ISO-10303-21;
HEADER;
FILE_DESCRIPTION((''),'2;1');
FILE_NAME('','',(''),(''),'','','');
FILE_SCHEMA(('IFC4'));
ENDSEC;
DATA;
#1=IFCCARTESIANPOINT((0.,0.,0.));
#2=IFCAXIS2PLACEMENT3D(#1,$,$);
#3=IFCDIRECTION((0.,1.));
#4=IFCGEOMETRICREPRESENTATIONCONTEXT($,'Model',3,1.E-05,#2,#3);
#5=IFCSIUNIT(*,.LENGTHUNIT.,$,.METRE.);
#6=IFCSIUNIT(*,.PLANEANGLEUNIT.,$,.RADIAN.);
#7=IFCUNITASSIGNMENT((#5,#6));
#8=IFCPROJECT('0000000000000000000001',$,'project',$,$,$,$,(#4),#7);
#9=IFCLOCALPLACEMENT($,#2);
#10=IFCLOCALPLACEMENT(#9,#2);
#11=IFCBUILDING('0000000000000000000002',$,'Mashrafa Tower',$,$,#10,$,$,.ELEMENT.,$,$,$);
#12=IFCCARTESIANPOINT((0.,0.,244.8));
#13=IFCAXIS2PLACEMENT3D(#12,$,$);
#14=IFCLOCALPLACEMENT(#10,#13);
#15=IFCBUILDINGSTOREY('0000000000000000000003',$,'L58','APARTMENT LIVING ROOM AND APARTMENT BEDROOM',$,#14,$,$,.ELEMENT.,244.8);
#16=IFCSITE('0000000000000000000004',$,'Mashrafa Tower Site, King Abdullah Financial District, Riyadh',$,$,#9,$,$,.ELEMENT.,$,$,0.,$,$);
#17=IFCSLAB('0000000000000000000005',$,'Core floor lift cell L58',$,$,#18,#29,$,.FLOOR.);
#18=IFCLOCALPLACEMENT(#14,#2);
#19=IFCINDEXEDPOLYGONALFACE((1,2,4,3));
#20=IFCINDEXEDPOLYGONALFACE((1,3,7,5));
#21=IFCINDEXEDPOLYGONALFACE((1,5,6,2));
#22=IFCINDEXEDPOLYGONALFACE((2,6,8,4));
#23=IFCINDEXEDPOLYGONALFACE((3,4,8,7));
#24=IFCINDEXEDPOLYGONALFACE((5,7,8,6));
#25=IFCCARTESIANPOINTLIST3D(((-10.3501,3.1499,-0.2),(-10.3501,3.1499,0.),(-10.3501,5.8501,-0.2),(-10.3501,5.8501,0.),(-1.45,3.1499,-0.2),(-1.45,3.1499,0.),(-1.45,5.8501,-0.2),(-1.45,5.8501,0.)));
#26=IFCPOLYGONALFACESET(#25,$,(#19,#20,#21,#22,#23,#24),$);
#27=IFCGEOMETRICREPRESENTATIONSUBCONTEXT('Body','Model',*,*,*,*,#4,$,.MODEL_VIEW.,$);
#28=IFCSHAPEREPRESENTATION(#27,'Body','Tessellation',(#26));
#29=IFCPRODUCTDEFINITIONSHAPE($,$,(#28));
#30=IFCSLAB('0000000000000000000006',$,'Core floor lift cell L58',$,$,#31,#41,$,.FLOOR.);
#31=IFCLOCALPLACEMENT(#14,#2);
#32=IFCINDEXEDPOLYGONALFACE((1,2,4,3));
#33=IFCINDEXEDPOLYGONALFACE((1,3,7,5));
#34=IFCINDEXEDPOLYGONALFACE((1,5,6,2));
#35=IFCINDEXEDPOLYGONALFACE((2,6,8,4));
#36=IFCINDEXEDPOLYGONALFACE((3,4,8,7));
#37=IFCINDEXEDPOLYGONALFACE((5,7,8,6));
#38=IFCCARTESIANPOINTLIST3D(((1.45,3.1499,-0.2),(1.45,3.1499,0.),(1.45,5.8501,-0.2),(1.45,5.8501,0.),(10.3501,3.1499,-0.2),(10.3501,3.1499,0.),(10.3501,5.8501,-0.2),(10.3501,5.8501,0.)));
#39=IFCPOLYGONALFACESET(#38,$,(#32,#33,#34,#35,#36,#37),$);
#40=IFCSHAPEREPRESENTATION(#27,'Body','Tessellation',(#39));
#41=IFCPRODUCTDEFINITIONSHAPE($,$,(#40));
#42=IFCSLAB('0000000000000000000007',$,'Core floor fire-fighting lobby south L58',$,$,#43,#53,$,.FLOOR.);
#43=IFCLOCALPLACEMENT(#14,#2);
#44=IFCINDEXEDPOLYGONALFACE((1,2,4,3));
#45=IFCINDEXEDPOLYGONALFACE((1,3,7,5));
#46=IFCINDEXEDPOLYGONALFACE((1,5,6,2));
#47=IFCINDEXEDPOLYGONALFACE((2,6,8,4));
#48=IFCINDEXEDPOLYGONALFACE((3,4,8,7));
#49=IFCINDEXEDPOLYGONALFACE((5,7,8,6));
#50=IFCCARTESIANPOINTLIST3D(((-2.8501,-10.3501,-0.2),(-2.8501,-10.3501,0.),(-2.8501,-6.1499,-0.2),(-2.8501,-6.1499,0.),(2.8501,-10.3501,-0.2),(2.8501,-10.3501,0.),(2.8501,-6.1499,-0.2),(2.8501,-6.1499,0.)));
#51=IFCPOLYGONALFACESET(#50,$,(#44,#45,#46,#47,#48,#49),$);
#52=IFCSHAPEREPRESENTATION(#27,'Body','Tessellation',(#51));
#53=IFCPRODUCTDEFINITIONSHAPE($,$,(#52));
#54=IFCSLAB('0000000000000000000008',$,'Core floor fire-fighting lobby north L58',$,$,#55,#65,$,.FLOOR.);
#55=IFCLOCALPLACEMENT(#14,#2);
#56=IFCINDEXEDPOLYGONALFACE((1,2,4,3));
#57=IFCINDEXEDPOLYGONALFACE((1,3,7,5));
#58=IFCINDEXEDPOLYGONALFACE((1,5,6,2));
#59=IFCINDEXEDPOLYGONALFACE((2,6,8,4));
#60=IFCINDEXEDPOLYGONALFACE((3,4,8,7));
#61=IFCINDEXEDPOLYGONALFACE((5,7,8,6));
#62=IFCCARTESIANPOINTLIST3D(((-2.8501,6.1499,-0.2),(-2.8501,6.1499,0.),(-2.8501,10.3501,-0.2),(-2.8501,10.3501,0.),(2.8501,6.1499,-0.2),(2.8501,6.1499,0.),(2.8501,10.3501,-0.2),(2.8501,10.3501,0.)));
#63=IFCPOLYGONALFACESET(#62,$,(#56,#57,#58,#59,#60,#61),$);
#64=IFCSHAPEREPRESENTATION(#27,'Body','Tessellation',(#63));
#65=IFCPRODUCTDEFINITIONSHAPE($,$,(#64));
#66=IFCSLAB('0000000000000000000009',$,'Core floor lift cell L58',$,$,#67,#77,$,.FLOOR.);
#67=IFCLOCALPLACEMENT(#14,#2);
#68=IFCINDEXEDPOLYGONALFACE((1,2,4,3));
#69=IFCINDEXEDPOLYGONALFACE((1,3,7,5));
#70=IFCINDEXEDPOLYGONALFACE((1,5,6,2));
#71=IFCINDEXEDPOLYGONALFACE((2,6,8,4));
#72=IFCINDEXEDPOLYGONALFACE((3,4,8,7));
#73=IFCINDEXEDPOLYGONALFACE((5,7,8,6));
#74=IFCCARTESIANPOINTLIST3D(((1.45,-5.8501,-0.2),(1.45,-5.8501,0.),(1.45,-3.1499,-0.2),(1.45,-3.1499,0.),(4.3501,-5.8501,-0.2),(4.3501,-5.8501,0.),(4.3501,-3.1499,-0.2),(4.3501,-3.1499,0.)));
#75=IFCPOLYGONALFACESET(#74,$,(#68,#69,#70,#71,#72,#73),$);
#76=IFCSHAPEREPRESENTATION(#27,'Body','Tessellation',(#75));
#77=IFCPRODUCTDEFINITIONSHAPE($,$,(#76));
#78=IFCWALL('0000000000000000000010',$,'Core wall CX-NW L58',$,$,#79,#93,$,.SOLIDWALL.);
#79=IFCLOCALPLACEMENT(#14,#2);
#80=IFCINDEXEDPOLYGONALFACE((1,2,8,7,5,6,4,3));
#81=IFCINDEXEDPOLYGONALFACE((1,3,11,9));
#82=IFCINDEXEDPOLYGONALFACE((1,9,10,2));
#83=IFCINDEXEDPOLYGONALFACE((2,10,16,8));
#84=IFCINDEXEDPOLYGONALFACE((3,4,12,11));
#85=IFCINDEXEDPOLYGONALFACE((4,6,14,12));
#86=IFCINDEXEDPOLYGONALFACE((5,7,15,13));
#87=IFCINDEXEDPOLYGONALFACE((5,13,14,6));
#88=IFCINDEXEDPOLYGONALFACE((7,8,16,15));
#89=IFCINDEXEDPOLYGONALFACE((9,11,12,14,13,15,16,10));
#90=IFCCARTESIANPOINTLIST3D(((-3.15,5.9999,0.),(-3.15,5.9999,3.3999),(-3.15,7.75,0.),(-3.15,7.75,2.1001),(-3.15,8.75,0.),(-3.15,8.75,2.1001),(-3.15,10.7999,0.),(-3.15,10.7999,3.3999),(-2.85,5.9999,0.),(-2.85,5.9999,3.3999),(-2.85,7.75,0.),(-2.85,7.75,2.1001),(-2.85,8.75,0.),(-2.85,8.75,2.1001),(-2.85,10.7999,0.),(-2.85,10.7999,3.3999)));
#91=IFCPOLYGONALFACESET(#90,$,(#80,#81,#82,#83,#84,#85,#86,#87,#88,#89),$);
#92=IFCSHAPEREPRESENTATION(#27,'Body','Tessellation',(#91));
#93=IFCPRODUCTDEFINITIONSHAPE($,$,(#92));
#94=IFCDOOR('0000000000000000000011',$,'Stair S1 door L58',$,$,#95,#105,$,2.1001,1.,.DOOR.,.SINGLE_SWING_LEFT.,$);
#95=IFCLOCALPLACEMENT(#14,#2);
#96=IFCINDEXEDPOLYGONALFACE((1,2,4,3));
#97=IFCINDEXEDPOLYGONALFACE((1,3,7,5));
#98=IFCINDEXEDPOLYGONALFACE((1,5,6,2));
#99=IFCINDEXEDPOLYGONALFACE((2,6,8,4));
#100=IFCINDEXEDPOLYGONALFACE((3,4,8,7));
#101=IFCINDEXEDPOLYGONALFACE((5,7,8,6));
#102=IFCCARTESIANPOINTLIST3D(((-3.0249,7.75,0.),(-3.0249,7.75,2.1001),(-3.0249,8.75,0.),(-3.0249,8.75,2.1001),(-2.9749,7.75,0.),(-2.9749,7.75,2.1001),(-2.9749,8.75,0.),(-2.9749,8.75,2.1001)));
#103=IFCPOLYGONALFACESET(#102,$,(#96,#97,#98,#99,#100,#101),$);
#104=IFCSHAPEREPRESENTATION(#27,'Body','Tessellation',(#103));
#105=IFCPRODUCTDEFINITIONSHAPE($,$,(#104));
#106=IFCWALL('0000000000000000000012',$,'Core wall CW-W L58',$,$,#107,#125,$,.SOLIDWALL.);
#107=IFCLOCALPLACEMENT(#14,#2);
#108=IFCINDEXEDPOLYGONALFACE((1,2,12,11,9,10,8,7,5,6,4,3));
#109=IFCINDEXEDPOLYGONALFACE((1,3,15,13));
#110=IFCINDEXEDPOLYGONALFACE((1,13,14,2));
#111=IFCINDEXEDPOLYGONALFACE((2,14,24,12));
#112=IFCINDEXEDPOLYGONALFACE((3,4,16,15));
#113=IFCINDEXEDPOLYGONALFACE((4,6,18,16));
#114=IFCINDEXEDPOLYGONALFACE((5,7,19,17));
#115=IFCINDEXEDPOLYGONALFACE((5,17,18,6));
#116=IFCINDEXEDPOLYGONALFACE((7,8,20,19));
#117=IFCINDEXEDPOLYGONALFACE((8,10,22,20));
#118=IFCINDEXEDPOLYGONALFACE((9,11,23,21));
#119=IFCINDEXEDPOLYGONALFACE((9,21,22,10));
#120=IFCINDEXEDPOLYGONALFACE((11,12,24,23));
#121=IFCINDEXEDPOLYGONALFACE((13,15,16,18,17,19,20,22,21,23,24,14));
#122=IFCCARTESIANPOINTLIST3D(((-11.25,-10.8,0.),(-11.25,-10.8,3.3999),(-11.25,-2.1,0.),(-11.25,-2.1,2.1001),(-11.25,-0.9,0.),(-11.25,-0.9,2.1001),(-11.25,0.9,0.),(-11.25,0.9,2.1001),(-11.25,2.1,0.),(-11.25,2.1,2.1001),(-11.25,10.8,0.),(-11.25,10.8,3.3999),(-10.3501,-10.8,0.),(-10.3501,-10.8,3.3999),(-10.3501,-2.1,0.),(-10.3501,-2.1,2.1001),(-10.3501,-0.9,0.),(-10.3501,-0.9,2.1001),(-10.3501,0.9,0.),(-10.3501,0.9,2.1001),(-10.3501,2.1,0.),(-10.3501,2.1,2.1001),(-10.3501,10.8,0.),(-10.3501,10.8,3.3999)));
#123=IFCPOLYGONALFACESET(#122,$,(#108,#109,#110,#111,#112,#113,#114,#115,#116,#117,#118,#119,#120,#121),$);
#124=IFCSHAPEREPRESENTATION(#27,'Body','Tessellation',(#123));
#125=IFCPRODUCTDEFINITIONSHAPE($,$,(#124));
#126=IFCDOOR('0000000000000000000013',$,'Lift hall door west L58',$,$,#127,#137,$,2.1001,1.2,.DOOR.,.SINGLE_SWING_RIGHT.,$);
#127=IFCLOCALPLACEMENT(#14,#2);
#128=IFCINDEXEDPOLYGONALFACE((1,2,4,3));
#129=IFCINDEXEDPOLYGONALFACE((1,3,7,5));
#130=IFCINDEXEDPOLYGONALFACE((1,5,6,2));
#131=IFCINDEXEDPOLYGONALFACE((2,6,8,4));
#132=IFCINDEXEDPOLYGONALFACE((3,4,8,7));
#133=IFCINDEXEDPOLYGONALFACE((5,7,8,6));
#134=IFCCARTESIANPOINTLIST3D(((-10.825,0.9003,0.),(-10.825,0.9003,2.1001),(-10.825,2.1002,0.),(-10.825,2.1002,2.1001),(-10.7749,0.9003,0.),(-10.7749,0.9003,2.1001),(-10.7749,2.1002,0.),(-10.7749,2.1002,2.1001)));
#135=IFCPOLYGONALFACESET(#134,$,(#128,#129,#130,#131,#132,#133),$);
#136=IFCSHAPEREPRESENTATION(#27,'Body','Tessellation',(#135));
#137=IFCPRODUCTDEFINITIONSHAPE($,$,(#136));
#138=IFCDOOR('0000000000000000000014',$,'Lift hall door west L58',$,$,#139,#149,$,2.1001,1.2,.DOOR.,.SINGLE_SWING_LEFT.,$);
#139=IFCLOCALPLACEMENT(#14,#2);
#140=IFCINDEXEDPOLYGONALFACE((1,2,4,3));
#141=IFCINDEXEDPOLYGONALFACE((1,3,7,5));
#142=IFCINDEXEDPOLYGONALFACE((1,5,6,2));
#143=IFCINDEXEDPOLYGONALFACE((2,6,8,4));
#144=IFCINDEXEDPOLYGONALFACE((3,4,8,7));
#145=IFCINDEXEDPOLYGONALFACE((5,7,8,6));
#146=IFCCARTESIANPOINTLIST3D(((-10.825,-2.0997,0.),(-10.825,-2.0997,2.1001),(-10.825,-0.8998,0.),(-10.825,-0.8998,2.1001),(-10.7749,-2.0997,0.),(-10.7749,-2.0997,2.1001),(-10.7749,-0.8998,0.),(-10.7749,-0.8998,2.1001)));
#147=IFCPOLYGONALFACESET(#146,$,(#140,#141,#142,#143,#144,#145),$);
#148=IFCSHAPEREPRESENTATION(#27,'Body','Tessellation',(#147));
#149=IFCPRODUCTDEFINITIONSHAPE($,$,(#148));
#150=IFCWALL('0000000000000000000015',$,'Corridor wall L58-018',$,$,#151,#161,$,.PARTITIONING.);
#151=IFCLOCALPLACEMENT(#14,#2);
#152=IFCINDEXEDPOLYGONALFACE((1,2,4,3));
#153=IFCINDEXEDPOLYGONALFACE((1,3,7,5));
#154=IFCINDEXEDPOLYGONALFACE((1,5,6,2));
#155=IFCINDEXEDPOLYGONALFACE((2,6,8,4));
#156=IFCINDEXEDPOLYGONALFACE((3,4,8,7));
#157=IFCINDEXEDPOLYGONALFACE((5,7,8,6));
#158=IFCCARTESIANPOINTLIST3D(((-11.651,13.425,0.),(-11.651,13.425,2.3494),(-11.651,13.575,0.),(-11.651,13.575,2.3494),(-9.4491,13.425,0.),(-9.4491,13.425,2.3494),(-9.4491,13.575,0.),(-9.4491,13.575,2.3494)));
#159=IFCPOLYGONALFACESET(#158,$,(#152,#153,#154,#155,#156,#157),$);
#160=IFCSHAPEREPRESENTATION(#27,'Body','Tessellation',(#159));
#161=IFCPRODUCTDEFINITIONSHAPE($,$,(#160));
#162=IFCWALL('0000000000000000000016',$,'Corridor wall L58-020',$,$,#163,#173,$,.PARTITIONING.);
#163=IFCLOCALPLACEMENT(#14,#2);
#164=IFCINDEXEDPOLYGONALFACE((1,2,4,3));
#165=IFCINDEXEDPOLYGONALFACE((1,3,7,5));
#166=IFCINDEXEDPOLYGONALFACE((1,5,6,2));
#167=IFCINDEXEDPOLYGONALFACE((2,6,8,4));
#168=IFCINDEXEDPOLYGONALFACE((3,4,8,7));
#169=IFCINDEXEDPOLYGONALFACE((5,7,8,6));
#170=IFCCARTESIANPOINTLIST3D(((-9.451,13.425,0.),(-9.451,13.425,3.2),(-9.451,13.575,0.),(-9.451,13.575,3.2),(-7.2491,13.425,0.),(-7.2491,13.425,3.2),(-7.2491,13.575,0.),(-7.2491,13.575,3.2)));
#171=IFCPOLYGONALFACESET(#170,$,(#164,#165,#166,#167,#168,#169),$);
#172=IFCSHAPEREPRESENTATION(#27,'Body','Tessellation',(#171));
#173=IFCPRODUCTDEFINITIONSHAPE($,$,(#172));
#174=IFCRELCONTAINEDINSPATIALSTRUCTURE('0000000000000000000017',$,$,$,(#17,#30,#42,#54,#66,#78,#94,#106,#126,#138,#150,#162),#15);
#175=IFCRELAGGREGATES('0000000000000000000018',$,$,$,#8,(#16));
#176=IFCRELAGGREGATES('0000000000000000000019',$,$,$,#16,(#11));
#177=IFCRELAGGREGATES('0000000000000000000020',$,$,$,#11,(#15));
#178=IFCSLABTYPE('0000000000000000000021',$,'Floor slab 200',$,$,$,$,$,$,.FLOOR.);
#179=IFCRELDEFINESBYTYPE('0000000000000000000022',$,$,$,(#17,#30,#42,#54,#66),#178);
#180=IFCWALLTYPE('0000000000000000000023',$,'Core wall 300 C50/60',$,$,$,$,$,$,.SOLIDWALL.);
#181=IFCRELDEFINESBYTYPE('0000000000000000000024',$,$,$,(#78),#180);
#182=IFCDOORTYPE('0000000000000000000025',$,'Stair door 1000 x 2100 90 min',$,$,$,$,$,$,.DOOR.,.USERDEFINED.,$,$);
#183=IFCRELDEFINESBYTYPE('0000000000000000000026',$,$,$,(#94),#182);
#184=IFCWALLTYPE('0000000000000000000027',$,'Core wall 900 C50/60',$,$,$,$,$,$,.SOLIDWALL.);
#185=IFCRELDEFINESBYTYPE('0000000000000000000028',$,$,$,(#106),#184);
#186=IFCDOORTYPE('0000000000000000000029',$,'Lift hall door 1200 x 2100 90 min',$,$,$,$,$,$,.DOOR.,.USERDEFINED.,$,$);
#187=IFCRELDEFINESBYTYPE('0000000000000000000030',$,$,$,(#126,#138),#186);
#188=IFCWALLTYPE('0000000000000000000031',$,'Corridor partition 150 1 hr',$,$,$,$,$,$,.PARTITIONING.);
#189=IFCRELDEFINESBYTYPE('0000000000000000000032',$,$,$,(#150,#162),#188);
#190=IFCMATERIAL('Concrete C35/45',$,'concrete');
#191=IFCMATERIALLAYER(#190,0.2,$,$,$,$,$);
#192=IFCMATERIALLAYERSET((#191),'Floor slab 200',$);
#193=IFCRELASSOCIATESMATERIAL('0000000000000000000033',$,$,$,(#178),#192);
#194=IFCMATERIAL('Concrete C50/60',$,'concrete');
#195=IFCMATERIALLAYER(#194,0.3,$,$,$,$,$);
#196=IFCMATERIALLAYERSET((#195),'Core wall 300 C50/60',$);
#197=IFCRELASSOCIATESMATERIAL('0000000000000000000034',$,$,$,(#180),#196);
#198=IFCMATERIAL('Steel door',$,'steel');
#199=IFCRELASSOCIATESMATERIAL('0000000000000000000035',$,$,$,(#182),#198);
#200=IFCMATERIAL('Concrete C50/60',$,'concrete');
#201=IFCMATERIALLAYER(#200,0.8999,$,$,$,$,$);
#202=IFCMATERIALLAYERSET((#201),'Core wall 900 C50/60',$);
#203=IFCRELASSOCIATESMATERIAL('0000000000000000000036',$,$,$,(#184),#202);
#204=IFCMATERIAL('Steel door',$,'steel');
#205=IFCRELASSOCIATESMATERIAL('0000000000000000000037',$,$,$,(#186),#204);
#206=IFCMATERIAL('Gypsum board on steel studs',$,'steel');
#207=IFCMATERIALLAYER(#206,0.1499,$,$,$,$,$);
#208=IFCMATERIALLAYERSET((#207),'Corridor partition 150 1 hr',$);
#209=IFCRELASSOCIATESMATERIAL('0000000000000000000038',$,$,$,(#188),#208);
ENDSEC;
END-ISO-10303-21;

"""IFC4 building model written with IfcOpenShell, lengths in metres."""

from ifc_helpers import new_model, si_unit, direction, frame, frame_2d, origin, place, context, subcontext, project, spatial, polyline, rectangle, outline, extrude, material, layer, layer_set, type_object, element, fill, save


model = new_model("IFC4")

# Units and contexts
model_context = context("Model", 3, precision=1e-05, world=origin(), true_north=direction((0.0, 1.0)))
body_context = subcontext(model_context, "Body", "Model", "MODEL_VIEW")
ifc_project = project(units=[si_unit("LENGTHUNIT", "METRE"), si_unit("PLANEANGLEUNIT", "RADIAN")], contexts=[model_context])

# Site, building, storey
site_placement = place(None, origin())
site = spatial("IfcSite", under=ifc_project, at=site_placement, Name="Mashrafa Tower Site, King Abdullah Financial District, Riyadh", CompositionType="ELEMENT", RefElevation=0.0)
building_placement = place(site_placement, origin())
building = spatial("IfcBuilding", under=site, at=building_placement, Name="Mashrafa Tower", CompositionType="ELEMENT")
storey_placement = place(building_placement, frame((0.0, 0.0, 244.8)))
storey = spatial("IfcBuildingStorey", under=building, at=storey_placement, Name="L58", Description="APARTMENT LIVING ROOM AND APARTMENT BEDROOM", CompositionType="ELEMENT", Elevation=244.8)

# Slabs
ifc_material_1 = material(Name="Concrete C35/45", Category="concrete")
ifc_layer_1 = layer(ifc_material_1, 0.2)
ifc_layer_set_1 = layer_set([ifc_layer_1], Name="Floor slab 200")
slab_type = type_object("IfcSlabType", Name="Floor slab 200", PredefinedType="FLOOR", material=ifc_layer_set_1)
slab_1_placement = place(storey_placement, frame((0.0, 0.0, -0.2)))
element("IfcSlab", 1, at=slab_1_placement, inside=storey, type_object=slab_type, Name="Core floor lift cell L58", PredefinedType="FLOOR", context=body_context, shape_type="SweptSolid", body=[
    extrude(outline(polyline([(-10.3501, 5.8501), (-1.45, 5.8501), (-1.45, 3.1499), (-10.3501, 3.1499), (-10.3501, 5.8501)])), origin(), (0.0, 0.0, 1.0), 0.2),
])
slab_2_placement = place(storey_placement, frame((0.0, 0.0, -0.2)))
element("IfcSlab", 2, at=slab_2_placement, inside=storey, type_object=slab_type, Name="Core floor lift cell L58", PredefinedType="FLOOR", context=body_context, shape_type="SweptSolid", body=[
    extrude(outline(polyline([(1.45, 5.8501), (10.3501, 5.8501), (10.3501, 3.1499), (1.45, 3.1499), (1.45, 5.8501)])), origin(), (0.0, 0.0, 1.0), 0.2),
])
slab_3_placement = place(storey_placement, frame((0.0, 0.0, -0.2)))
element("IfcSlab", 3, at=slab_3_placement, inside=storey, type_object=slab_type, Name="Core floor fire-fighting lobby south L58", PredefinedType="FLOOR", context=body_context, shape_type="SweptSolid", body=[
    extrude(outline(polyline([(2.8501, -6.1499), (2.8501, -10.3501), (-2.8501, -10.3501), (-2.8501, -6.1499), (2.8501, -6.1499)])), origin(), (0.0, 0.0, 1.0), 0.2),
])
slab_4_placement = place(storey_placement, frame((0.0, 0.0, -0.2)))
element("IfcSlab", 4, at=slab_4_placement, inside=storey, type_object=slab_type, Name="Core floor fire-fighting lobby north L58", PredefinedType="FLOOR", context=body_context, shape_type="SweptSolid", body=[
    extrude(outline(polyline([(-2.8501, 10.3501), (2.8501, 10.3501), (2.8501, 6.1499), (-2.8501, 6.1499), (-2.8501, 10.3501)])), origin(), (0.0, 0.0, 1.0), 0.2),
])
slab_5_placement = place(storey_placement, frame((0.0, 0.0, -0.2)))
element("IfcSlab", 5, at=slab_5_placement, inside=storey, type_object=slab_type, Name="Core floor lift cell L58", PredefinedType="FLOOR", context=body_context, shape_type="SweptSolid", body=[
    extrude(outline(polyline([(4.3501, -3.1499), (4.3501, -5.8501), (1.45, -5.8501), (1.45, -3.1499), (4.3501, -3.1499)])), origin(), (0.0, 0.0, 1.0), 0.2),
])

# Wall, opening, door
ifc_material_2 = material(Name="Concrete C50/60", Category="concrete")
ifc_layer_2 = layer(ifc_material_2, 0.3)
ifc_layer_set_2 = layer_set([ifc_layer_2], Name="Core wall 300 C50/60")
wall_type_1 = type_object("IfcWallType", Name="Core wall 300 C50/60", PredefinedType="SOLIDWALL", material=ifc_layer_set_2)
wall_1_placement = place(storey_placement, frame((-3.0, 6.0, 0.0), z_axis=(0.0, 0.0, 1.0), x_axis=(0.0, 1.0, 0.0)))
wall_1 = element("IfcWall", 6, at=wall_1_placement, inside=storey, type_object=wall_type_1, Name="Core wall CX-NW L58", PredefinedType="SOLIDWALL", context=body_context, shape_type="SweptSolid", body=[
    extrude(rectangle(XDim=4.8, YDim=0.3, at=frame_2d((2.3999, 0.0))), origin(), (0.0, 0.0, 1.0), 3.3999),
])
opening_1_placement = place(wall_1_placement, frame((1.75, 0.0, 0.0)))
opening_1 = element("IfcOpeningElement", 7, at=opening_1_placement, cuts=wall_1, PredefinedType="OPENING", context=body_context, shape_type="SweptSolid", body=[
    extrude(rectangle(XDim=1.0, YDim=2.1001, at=frame_2d((0.5, 1.05))), frame((0.0, 0.1599, 0.0), z_axis=(0.0, -1.0, 0.0), x_axis=(1.0, 0.0, 0.0)), (0.0, 0.0, 1.0), 0.3201),
])
ifc_material_3 = material(Name="Steel door", Category="steel")
door_type_1 = type_object("IfcDoorType", Name="Stair door 1000 x 2100 90 min", OperationType="USERDEFINED", PredefinedType="DOOR", material=ifc_material_3)
door_1_placement = place(opening_1_placement, origin())
door_1 = element("IfcDoor", 8, at=door_1_placement, inside=storey, type_object=door_type_1, Name="Stair S1 door L58", OperationType="SINGLE_SWING_LEFT", OverallHeight=2.1001, OverallWidth=1.0, PredefinedType="DOOR", context=body_context, shape_type="SweptSolid", body=[
    extrude(rectangle(XDim=1.0, YDim=2.1001, at=frame_2d((0.5, 1.05))), frame((0.0, 0.0249, 0.0), z_axis=(0.0, -1.0, 0.0), x_axis=(1.0, 0.0, 0.0)), (0.0, 0.0, 1.0), 0.05),
])
fill(opening_1, door_1)

# Wall, openings, doors
ifc_material_4 = material(Name="Concrete C50/60", Category="concrete")
ifc_layer_3 = layer(ifc_material_4, 0.8999)
ifc_layer_set_3 = layer_set([ifc_layer_3], Name="Core wall 900 C50/60")
wall_type_2 = type_object("IfcWallType", Name="Core wall 900 C50/60", PredefinedType="SOLIDWALL", material=ifc_layer_set_3)
wall_2_placement = place(storey_placement, frame((-10.8, 10.8, 0.0), z_axis=(0.0, 0.0, 1.0), x_axis=(0.0, -1.0, 0.0)))
wall_2 = element("IfcWall", 9, at=wall_2_placement, inside=storey, type_object=wall_type_2, Name="Core wall CW-W L58", PredefinedType="SOLIDWALL", context=body_context, shape_type="SweptSolid", body=[
    extrude(rectangle(XDim=21.6001, YDim=0.8999, at=frame_2d((10.8, 0.0))), origin(), (0.0, 0.0, 1.0), 3.3999),
])
opening_2_placement = place(wall_2_placement, frame((8.7, 0.0, 0.0)))
opening_2 = element("IfcOpeningElement", 10, at=opening_2_placement, cuts=wall_2, PredefinedType="OPENING", context=body_context, shape_type="SweptSolid", body=[
    extrude(rectangle(XDim=1.2, YDim=2.1001, at=frame_2d((0.6001, 1.05))), frame((0.0, 0.46, 0.0), z_axis=(0.0, -1.0, 0.0), x_axis=(1.0, 0.0, 0.0)), (0.0, 0.0, 1.0), 0.9199),
])
opening_3_placement = place(wall_2_placement, frame((11.7, 0.0, 0.0)))
opening_3 = element("IfcOpeningElement", 11, at=opening_3_placement, cuts=wall_2, PredefinedType="OPENING", context=body_context, shape_type="SweptSolid", body=[
    extrude(rectangle(XDim=1.2, YDim=2.1001, at=frame_2d((0.6001, 1.05))), frame((0.0, 0.46, 0.0), z_axis=(0.0, -1.0, 0.0), x_axis=(1.0, 0.0, 0.0)), (0.0, 0.0, 1.0), 0.9199),
])
ifc_material_5 = material(Name="Steel door", Category="steel")
door_type_2 = type_object("IfcDoorType", Name="Lift hall door 1200 x 2100 90 min", OperationType="USERDEFINED", PredefinedType="DOOR", material=ifc_material_5)
door_2_placement = place(opening_2_placement, frame((1.2, 0.0, 0.0), z_axis=(0.0, 0.0, 1.0), x_axis=(-1.0, 0.0, 0.0)))
door_2 = element("IfcDoor", 12, at=door_2_placement, inside=storey, type_object=door_type_2, Name="Lift hall door west L58", OperationType="SINGLE_SWING_RIGHT", OverallHeight=2.1001, OverallWidth=1.2, PredefinedType="DOOR", context=body_context, shape_type="SweptSolid", body=[
    extrude(rectangle(XDim=1.2, YDim=2.1001, at=frame_2d((0.6001, 1.05))), frame((0.0, 0.0249, 0.0), z_axis=(0.0, -1.0, 0.0), x_axis=(1.0, 0.0, 0.0)), (0.0, 0.0, 1.0), 0.05),
])
fill(opening_2, door_2)
door_3_placement = place(opening_3_placement, frame((1.2, 0.0, 0.0), z_axis=(0.0, 0.0, 1.0), x_axis=(-1.0, 0.0, 0.0)))
door_3 = element("IfcDoor", 13, at=door_3_placement, inside=storey, type_object=door_type_2, Name="Lift hall door west L58", OperationType="SINGLE_SWING_LEFT", OverallHeight=2.1001, OverallWidth=1.2, PredefinedType="DOOR", context=body_context, shape_type="SweptSolid", body=[
    extrude(rectangle(XDim=1.2, YDim=2.1001, at=frame_2d((0.6001, 1.05))), frame((0.0, 0.0249, 0.0), z_axis=(0.0, -1.0, 0.0), x_axis=(1.0, 0.0, 0.0)), (0.0, 0.0, 1.0), 0.05),
])
fill(opening_3, door_3)

# Walls
ifc_material_6 = material(Name="Gypsum board on steel studs", Category="steel")
ifc_layer_4 = layer(ifc_material_6, 0.1499)
ifc_layer_set_4 = layer_set([ifc_layer_4], Name="Corridor partition 150 1 hr")
wall_type_3 = type_object("IfcWallType", Name="Corridor partition 150 1 hr", PredefinedType="PARTITIONING", material=ifc_layer_set_4)
wall_3_placement = place(storey_placement, frame((-9.449, 13.5, 0.0), z_axis=(0.0, 0.0, 1.0), x_axis=(-1.0, 0.0, 0.0)))
element("IfcWall", 14, at=wall_3_placement, inside=storey, type_object=wall_type_3, Name="Corridor wall L58-018", PredefinedType="PARTITIONING", context=body_context, shape_type="SweptSolid", body=[
    extrude(rectangle(XDim=2.2019, YDim=0.1499, at=frame_2d((1.1011, 0.0))), origin(), (0.0, 0.0, 1.0), 2.3494),
])
wall_4_placement = place(storey_placement, frame((-7.249, 13.5, 0.0), z_axis=(0.0, 0.0, 1.0), x_axis=(-1.0, 0.0, 0.0)))
element("IfcWall", 15, at=wall_4_placement, inside=storey, type_object=wall_type_3, Name="Corridor wall L58-020", PredefinedType="PARTITIONING", context=body_context, shape_type="SweptSolid", body=[
    extrude(rectangle(XDim=2.2019, YDim=0.1499, at=frame_2d((1.1011, 0.0))), origin(), (0.0, 0.0, 1.0), 3.2),
])

save(model, "model.ifc")
